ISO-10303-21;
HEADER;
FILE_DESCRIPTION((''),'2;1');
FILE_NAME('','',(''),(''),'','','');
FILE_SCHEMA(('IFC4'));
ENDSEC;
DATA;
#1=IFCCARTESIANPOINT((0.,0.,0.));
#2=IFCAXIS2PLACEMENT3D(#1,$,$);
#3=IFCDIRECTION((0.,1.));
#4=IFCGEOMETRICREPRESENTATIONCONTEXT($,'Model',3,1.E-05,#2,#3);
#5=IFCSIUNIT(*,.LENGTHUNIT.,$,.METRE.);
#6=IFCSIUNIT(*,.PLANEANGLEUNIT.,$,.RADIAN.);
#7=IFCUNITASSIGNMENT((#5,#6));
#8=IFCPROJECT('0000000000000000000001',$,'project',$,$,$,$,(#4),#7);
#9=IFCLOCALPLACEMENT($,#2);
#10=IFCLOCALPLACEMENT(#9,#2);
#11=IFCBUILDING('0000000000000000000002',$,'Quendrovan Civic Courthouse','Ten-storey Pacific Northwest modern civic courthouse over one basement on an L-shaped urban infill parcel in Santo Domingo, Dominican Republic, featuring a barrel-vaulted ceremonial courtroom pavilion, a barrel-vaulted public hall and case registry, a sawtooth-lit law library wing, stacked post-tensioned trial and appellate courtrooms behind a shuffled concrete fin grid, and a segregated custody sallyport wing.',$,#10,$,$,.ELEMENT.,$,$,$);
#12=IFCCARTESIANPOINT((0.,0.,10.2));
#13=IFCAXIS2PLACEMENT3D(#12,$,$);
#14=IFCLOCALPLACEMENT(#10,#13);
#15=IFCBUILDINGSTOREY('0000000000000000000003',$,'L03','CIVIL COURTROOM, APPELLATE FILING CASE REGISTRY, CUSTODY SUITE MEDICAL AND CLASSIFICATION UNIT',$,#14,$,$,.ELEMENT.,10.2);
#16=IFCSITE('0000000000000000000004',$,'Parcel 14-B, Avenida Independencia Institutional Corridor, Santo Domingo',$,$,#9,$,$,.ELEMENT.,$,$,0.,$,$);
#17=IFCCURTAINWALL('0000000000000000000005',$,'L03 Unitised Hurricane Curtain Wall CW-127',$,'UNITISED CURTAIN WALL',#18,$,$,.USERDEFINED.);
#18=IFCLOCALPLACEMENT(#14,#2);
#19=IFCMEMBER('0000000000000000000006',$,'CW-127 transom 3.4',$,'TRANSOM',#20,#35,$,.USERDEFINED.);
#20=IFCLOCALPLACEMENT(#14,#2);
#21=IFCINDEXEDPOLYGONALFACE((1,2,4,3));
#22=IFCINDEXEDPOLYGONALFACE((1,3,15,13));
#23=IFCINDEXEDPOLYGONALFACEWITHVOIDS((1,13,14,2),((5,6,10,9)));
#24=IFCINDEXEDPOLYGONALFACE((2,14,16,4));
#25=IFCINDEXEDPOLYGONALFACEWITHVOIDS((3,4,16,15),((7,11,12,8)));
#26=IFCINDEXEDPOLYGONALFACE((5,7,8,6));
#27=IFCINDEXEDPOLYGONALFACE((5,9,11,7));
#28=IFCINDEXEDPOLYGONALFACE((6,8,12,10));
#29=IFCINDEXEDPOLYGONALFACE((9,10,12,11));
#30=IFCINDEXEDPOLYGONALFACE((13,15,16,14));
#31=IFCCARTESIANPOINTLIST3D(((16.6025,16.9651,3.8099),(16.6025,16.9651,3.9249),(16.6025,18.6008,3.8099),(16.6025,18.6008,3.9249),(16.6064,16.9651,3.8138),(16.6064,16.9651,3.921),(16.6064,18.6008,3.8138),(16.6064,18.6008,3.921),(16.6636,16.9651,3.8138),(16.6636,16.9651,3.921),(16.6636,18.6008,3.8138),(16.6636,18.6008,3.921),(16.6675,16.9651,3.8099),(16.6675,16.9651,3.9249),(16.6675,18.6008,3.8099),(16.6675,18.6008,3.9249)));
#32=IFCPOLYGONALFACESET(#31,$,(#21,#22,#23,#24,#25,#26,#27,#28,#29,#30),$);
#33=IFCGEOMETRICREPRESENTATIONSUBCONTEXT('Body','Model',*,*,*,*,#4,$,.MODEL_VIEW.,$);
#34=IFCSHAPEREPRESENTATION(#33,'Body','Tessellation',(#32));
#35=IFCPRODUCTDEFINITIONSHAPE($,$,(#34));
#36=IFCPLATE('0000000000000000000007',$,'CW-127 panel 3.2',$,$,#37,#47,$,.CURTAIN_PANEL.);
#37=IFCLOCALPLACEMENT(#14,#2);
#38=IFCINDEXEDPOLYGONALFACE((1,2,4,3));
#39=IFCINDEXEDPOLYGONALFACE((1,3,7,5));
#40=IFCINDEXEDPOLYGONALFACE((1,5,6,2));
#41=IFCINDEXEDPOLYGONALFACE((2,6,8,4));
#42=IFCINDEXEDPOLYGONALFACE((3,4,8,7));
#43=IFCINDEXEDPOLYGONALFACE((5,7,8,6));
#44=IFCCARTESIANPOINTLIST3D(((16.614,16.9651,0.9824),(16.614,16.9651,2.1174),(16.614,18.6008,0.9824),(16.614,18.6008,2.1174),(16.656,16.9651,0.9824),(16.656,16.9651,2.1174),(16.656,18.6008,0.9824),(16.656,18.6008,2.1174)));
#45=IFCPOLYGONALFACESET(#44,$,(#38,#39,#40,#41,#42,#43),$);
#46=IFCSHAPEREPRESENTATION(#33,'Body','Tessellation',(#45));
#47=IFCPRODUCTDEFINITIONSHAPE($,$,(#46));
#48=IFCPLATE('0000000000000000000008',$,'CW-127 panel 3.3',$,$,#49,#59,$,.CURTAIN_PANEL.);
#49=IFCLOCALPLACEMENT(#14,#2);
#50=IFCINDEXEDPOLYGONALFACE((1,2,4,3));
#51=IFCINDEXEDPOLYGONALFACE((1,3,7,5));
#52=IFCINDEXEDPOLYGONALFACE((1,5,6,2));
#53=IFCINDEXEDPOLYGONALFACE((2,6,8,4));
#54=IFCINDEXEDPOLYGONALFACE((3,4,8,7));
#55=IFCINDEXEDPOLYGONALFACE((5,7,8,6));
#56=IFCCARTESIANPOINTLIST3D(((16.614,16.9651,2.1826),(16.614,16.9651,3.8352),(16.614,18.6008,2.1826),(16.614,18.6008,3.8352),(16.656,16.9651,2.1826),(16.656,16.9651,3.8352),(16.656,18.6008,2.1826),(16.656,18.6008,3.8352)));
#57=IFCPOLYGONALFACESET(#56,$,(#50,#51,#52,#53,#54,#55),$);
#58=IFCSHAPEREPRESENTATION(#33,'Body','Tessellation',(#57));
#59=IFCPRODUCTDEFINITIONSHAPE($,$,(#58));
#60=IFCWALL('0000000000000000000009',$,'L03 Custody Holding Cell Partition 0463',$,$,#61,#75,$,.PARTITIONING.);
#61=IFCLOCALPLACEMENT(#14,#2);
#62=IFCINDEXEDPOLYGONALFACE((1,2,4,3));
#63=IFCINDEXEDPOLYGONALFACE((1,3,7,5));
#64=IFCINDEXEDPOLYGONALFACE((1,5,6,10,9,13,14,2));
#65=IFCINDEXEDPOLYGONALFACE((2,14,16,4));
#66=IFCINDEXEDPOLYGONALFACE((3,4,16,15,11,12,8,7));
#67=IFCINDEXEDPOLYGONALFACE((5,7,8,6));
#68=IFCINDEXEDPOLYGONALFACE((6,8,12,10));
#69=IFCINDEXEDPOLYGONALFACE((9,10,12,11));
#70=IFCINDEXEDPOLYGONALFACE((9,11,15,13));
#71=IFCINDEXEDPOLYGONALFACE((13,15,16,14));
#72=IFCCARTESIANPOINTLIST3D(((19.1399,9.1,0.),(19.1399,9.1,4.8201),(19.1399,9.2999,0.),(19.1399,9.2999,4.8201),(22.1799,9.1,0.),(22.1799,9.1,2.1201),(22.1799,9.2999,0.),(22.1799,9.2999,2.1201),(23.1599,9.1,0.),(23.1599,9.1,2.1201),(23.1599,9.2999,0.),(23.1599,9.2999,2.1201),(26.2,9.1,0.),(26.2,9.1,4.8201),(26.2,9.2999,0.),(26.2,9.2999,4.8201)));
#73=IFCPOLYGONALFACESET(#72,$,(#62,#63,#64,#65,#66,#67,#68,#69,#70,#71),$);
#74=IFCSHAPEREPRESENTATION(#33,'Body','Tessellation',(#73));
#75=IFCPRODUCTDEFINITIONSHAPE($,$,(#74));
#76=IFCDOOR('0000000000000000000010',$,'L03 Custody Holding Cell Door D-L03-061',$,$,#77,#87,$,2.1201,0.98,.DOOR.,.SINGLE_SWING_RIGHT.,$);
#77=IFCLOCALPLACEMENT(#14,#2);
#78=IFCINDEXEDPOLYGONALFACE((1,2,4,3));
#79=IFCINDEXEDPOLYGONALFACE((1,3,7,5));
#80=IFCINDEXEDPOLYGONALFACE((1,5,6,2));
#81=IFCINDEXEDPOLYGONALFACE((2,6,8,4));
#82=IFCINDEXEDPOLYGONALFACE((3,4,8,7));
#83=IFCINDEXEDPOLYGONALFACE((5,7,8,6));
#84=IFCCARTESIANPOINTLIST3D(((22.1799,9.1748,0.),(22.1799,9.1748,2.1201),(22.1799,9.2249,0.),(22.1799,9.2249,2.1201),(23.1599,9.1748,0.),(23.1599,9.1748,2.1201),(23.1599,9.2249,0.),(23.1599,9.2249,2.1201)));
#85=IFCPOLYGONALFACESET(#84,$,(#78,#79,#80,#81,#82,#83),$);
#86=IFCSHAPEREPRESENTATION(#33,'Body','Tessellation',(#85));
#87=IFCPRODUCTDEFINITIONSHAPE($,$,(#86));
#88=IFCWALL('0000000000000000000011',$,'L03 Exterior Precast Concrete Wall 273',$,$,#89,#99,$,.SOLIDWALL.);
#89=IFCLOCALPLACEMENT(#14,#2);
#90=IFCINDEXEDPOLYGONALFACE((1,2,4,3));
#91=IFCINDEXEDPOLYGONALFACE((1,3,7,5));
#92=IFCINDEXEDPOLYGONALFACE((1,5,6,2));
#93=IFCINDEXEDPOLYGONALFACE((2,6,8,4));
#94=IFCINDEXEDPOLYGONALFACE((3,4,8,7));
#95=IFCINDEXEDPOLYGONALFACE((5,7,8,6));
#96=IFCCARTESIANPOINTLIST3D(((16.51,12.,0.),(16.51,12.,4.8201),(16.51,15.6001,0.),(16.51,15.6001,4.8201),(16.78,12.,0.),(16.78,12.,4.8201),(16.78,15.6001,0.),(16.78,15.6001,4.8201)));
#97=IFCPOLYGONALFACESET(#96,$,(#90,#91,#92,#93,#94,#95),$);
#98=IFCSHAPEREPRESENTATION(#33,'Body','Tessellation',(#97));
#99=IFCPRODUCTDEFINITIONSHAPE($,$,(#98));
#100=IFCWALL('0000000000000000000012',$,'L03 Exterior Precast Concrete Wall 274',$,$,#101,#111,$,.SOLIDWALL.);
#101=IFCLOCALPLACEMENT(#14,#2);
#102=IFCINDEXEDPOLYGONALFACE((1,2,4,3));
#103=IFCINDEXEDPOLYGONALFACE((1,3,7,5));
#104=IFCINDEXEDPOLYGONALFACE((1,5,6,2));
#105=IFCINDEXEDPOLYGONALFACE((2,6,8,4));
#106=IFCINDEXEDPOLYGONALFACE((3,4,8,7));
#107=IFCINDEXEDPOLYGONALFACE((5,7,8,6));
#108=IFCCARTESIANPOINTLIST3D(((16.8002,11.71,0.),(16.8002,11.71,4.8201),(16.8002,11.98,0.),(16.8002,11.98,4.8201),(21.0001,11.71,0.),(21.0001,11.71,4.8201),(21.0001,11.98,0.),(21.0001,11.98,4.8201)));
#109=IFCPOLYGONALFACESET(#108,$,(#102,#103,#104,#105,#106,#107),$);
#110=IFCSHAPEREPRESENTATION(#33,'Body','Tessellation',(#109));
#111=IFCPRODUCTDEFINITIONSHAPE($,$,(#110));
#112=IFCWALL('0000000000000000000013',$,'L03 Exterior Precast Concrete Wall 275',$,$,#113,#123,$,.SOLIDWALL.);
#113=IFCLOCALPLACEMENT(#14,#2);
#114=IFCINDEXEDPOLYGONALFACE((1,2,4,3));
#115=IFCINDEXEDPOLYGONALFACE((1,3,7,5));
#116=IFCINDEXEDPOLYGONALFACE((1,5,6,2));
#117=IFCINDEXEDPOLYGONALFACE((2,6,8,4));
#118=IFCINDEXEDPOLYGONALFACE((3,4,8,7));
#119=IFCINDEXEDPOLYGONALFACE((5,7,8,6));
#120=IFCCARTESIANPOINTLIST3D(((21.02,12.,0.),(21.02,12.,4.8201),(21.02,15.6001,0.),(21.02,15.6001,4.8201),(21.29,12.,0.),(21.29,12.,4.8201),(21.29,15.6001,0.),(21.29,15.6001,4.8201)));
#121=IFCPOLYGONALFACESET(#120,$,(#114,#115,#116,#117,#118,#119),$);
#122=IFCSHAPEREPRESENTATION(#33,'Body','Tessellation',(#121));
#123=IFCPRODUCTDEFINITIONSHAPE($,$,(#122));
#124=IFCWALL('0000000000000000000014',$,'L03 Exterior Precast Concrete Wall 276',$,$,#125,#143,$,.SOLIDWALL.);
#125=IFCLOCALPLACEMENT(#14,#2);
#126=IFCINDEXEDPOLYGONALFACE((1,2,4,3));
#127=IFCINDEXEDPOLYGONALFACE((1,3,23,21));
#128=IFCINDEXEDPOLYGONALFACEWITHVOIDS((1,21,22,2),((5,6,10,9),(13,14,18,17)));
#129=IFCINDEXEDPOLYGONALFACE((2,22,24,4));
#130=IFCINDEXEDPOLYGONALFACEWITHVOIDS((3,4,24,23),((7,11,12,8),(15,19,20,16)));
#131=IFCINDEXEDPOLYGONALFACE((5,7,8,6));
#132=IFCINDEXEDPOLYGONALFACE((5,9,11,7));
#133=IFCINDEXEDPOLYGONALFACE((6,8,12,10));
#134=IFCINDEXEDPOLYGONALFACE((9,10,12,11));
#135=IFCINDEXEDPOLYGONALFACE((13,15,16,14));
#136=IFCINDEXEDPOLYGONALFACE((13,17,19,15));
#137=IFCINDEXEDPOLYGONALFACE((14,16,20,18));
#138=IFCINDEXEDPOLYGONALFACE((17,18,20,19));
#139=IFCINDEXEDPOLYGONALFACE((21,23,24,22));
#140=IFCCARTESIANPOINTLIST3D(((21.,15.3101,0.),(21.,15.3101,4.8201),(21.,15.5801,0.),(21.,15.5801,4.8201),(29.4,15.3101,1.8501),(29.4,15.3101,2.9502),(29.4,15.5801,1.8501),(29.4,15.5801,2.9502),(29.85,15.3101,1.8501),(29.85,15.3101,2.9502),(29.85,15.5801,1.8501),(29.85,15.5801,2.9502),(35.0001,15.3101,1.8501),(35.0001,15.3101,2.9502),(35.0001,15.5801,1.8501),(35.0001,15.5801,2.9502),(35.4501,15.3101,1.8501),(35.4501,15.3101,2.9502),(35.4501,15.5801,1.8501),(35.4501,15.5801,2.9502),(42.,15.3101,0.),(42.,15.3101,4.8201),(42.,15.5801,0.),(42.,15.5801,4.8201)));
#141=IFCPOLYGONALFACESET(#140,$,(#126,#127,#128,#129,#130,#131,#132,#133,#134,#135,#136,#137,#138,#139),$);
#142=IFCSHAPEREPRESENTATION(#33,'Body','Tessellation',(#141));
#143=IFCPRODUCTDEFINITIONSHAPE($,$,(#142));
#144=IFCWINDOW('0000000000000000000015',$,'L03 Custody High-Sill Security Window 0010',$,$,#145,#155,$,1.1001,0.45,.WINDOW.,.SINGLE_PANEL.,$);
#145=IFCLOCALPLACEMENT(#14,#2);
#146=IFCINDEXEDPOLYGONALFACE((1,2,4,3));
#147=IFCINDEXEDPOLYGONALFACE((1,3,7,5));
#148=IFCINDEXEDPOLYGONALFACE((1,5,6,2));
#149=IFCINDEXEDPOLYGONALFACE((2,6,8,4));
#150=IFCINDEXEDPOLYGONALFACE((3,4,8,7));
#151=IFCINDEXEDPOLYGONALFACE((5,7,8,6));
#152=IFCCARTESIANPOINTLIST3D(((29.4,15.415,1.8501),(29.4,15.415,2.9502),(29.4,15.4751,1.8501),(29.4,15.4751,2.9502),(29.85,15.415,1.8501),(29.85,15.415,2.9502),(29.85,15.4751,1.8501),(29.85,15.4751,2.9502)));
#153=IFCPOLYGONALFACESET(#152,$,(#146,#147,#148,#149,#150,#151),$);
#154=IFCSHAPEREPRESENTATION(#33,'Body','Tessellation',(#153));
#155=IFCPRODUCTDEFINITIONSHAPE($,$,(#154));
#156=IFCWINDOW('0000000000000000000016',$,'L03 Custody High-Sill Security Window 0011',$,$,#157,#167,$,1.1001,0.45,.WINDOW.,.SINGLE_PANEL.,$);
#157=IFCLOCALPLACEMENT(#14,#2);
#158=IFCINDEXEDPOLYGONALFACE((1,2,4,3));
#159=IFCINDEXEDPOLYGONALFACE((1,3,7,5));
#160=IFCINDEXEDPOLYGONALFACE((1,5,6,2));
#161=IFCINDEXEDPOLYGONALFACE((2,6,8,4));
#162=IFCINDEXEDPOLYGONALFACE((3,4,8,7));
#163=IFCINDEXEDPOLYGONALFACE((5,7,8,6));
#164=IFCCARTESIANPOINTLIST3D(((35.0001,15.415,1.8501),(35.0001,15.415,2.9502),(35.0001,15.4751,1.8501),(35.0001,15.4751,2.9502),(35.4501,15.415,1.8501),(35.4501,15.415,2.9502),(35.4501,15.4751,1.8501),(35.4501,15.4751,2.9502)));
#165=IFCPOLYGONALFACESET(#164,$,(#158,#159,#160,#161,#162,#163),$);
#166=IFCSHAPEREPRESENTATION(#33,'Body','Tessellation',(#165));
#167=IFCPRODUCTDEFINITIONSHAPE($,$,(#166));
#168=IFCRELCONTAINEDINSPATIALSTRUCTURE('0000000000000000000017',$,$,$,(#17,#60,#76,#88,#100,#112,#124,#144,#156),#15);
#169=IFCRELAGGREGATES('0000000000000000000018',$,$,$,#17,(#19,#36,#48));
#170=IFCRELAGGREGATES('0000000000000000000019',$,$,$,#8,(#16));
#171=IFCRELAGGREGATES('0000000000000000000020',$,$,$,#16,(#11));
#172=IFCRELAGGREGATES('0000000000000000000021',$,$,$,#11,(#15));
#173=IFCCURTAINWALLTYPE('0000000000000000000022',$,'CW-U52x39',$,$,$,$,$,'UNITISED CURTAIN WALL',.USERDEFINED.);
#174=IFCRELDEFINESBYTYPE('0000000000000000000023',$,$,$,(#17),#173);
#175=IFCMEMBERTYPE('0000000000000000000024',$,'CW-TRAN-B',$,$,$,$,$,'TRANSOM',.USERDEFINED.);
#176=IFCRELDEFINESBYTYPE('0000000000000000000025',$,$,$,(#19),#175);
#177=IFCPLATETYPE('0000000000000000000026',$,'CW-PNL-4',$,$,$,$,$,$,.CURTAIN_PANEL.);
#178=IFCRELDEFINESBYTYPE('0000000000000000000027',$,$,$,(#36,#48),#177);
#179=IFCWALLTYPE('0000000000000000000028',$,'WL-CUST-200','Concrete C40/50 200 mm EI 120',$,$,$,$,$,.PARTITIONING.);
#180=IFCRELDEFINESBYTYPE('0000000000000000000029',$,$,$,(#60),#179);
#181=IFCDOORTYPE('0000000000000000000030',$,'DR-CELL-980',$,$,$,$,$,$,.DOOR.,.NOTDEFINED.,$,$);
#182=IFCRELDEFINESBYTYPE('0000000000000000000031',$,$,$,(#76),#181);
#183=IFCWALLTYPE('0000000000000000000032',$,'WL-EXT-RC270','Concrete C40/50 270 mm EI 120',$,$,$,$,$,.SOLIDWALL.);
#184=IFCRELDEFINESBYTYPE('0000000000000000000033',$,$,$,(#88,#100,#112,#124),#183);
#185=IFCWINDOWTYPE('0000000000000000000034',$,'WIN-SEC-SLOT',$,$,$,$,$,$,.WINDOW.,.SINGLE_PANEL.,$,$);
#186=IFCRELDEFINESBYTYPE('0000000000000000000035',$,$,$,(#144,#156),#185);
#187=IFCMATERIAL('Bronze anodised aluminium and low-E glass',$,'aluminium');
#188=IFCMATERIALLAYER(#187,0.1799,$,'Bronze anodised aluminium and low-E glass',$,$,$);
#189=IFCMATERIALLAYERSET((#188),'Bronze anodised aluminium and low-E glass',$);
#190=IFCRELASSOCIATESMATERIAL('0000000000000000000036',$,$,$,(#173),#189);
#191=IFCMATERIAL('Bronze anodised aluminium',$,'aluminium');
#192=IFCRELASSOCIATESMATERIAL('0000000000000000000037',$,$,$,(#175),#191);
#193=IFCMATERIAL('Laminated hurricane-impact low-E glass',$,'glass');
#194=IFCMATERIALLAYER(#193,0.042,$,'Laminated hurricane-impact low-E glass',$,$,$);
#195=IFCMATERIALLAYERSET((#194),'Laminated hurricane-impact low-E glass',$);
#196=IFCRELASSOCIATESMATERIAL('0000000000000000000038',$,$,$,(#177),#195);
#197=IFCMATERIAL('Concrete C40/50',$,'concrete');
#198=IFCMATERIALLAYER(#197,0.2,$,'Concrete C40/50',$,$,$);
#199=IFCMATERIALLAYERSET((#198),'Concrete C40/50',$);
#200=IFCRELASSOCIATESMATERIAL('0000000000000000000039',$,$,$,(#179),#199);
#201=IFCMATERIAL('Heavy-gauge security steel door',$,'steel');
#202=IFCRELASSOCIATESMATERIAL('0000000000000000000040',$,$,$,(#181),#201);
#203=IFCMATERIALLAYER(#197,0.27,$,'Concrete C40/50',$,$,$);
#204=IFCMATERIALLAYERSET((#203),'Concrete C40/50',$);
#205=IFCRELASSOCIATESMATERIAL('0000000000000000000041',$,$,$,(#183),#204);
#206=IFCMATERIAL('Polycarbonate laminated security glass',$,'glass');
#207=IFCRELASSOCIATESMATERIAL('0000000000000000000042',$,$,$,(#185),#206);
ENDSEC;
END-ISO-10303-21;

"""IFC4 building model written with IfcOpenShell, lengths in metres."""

from ifc_helpers import new_model, si_unit, direction, frame, frame_2d, origin, origin_2d, place, context, subcontext, project, spatial, rectangle, hollow_rectangle, extrude, material, layer, layer_set, material_profile, profile_set, type_object, element, fill, aggregate, save


model = new_model("IFC4")

# Units and contexts
model_context = context("Model", 3, precision=1e-05, world=origin(), true_north=direction((0.0, 1.0)))
body_context = subcontext(model_context, "Body", "Model", "MODEL_VIEW")
ifc_project = project(units=[si_unit("LENGTHUNIT", "METRE"), si_unit("PLANEANGLEUNIT", "RADIAN")], contexts=[model_context])

# Site, building, storey
site_placement = place(None, origin())
site = spatial("IfcSite", under=ifc_project, at=site_placement, Name="Parcel 14-B, Avenida Independencia Institutional Corridor, Santo Domingo", CompositionType="ELEMENT", RefElevation=0.0)
building_placement = place(site_placement, origin())
building = spatial("IfcBuilding", under=site, at=building_placement, Name="Quendrovan Civic Courthouse", Description="Ten-storey Pacific Northwest modern civic courthouse over one basement on an L-shaped urban infill parcel in Santo Domingo, Dominican Republic, featuring a barrel-vaulted ceremonial courtroom pavilion, a barrel-vaulted public hall and case registry, a sawtooth-lit law library wing, stacked post-tensioned trial and appellate courtrooms behind a shuffled concrete fin grid, and a segregated custody sallyport wing.", CompositionType="ELEMENT")
storey_placement = place(building_placement, frame((0.0, 0.0, 10.2)))
storey = spatial("IfcBuildingStorey", under=building, at=storey_placement, Name="L03", Description="CIVIL COURTROOM, APPELLATE FILING CASE REGISTRY, CUSTODY SUITE MEDICAL AND CLASSIFICATION UNIT", CompositionType="ELEMENT", Elevation=10.2)

# Shared definitions
ifc_material_1 = material(Name="Concrete C40/50", Category="concrete")

# Curtain wall, member, plates
ifc_material_2 = material(Name="Bronze anodised aluminium and low-E glass", Category="aluminium")
ifc_layer_1 = layer(ifc_material_2, 0.1799, Name="Bronze anodised aluminium and low-E glass")
ifc_layer_set_1 = layer_set([ifc_layer_1], Name="Bronze anodised aluminium and low-E glass")
curtain_wall_type = type_object("IfcCurtainWallType", Name="CW-U52x39", ElementType="UNITISED CURTAIN WALL", PredefinedType="USERDEFINED", material=ifc_layer_set_1)
curtain_wall_placement = place(storey_placement, origin())
curtain_wall = element("IfcCurtainWall", 1, at=curtain_wall_placement, inside=storey, type_object=curtain_wall_type, Name="L03 Unitised Hurricane Curtain Wall CW-127", ObjectType="UNITISED CURTAIN WALL", PredefinedType="USERDEFINED")
ifc_material_3 = material(Name="Bronze anodised aluminium", Category="aluminium")
ifc_material_profile_1 = material_profile(ifc_material_3, hollow_rectangle(XDim=0.0649, YDim=0.115, WallThickness=0.0039, at=origin_2d()), Name="CW-TRAN-65x115")
ifc_profile_set_1 = profile_set([ifc_material_profile_1], Name="Bronze anodised aluminium")
member_type = type_object("IfcMemberType", Name="CW-TRAN-B", ElementType="TRANSOM", PredefinedType="USERDEFINED", material=ifc_profile_set_1)
member_1_placement = place(storey_placement, frame((16.635, 18.6008, 3.8674), z_axis=(0.0, -1.0, 0.0), x_axis=(1.0, 0.0, 0.0)))
member_1 = element("IfcMember", 2, at=member_1_placement, type_object=member_type, Name="CW-127 transom 3.4", ObjectType="TRANSOM", PredefinedType="USERDEFINED", context=body_context, shape_type="SweptSolid", body=[
    extrude(hollow_rectangle(XDim=0.0649, YDim=0.115, WallThickness=0.0039, at=origin_2d()), origin(), (0.0, 0.0, 1.0), 1.6357),
])
ifc_material_4 = material(Name="Laminated hurricane-impact low-E glass", Category="glass")
ifc_layer_2 = layer(ifc_material_4, 0.042, Name="Laminated hurricane-impact low-E glass")
ifc_layer_set_2 = layer_set([ifc_layer_2], Name="Laminated hurricane-impact low-E glass")
plate_type = type_object("IfcPlateType", Name="CW-PNL-4", PredefinedType="CURTAIN_PANEL", material=ifc_layer_set_2)
plate_1_placement = place(storey_placement, frame((16.635, 17.783, 0.9824), z_axis=(0.0, 0.0, 1.0), x_axis=(0.0, -1.0, 0.0)))
plate_1 = element("IfcPlate", 3, at=plate_1_placement, type_object=plate_type, Name="CW-127 panel 3.2", PredefinedType="CURTAIN_PANEL", context=body_context, shape_type="SweptSolid", body=[
    extrude(rectangle(XDim=1.6357, YDim=0.042, at=origin_2d()), origin(), (0.0, 0.0, 1.0), 1.135),
])
plate_2_placement = place(storey_placement, frame((16.635, 17.783, 2.1826), z_axis=(0.0, 0.0, 1.0), x_axis=(0.0, -1.0, 0.0)))
plate_2 = element("IfcPlate", 4, at=plate_2_placement, type_object=plate_type, Name="CW-127 panel 3.3", PredefinedType="CURTAIN_PANEL", context=body_context, shape_type="SweptSolid", body=[
    extrude(rectangle(XDim=1.6357, YDim=0.042, at=origin_2d()), origin(), (0.0, 0.0, 1.0), 1.6526),
])
aggregate(curtain_wall, [member_1, plate_1, plate_2])

# Wall, opening, door
ifc_layer_3 = layer(ifc_material_1, 0.2, Name="Concrete C40/50")
ifc_layer_set_3 = layer_set([ifc_layer_3], Name="Concrete C40/50")
wall_type_1 = type_object("IfcWallType", Name="WL-CUST-200", Description="Concrete C40/50 200 mm EI 120", PredefinedType="PARTITIONING", material=ifc_layer_set_3)
wall_1_placement = place(storey_placement, frame((19.1399, 9.2, 0.0), z_axis=(0.0, 0.0, 1.0), x_axis=(1.0, 0.0, 0.0)))
wall_1 = element("IfcWall", 5, at=wall_1_placement, inside=storey, type_object=wall_type_1, Name="L03 Custody Holding Cell Partition 0463", PredefinedType="PARTITIONING", context=body_context, shape_type="SweptSolid", body=[
    extrude(rectangle(XDim=7.0601, YDim=0.2, at=frame_2d((3.53, 0.0))), origin(), (0.0, 0.0, 1.0), 4.8201),
])
opening_1_placement = place(wall_1_placement, frame((3.04, 0.0, 0.0)))
opening_1 = element("IfcOpeningElement", 6, at=opening_1_placement, cuts=wall_1, PredefinedType="OPENING", context=body_context, shape_type="SweptSolid", body=[
    extrude(rectangle(XDim=0.98, YDim=2.1201, at=frame_2d((0.49, 1.0601))), frame((0.0, 0.1099, 0.0), z_axis=(0.0, -1.0, 0.0), x_axis=(1.0, 0.0, 0.0)), (0.0, 0.0, 1.0), 0.22),
])
ifc_material_5 = material(Name="Heavy-gauge security steel door", Category="steel")
door_type = type_object("IfcDoorType", Name="DR-CELL-980", OperationType="NOTDEFINED", PredefinedType="DOOR", material=ifc_material_5)
door_placement = place(opening_1_placement, origin())
door = element("IfcDoor", 7, at=door_placement, inside=storey, type_object=door_type, Name="L03 Custody Holding Cell Door D-L03-061", OperationType="SINGLE_SWING_RIGHT", OverallHeight=2.1201, OverallWidth=0.98, PredefinedType="DOOR", context=body_context, shape_type="SweptSolid", body=[
    extrude(rectangle(XDim=0.98, YDim=2.1201, at=frame_2d((0.49, 1.0601))), frame((0.0, 0.0249, 0.0), z_axis=(0.0, -1.0, 0.0), x_axis=(1.0, 0.0, 0.0)), (0.0, 0.0, 1.0), 0.05),
])
fill(opening_1, door)

# Walls
ifc_layer_4 = layer(ifc_material_1, 0.27, Name="Concrete C40/50")
ifc_layer_set_4 = layer_set([ifc_layer_4], Name="Concrete C40/50")
wall_type_2 = type_object("IfcWallType", Name="WL-EXT-RC270", Description="Concrete C40/50 270 mm EI 120", PredefinedType="SOLIDWALL", material=ifc_layer_set_4)
wall_2_placement = place(storey_placement, frame((16.645, 15.6001, 0.0), z_axis=(0.0, 0.0, 1.0), x_axis=(0.0, -1.0, 0.0)))
element("IfcWall", 8, at=wall_2_placement, inside=storey, type_object=wall_type_2, Name="L03 Exterior Precast Concrete Wall 273", PredefinedType="SOLIDWALL", context=body_context, shape_type="SweptSolid", body=[
    extrude(rectangle(XDim=3.6001, YDim=0.27, at=frame_2d((1.8, 0.0))), origin(), (0.0, 0.0, 1.0), 4.8201),
])
wall_3_placement = place(storey_placement, frame((16.8, 11.845, 0.0), z_axis=(0.0, 0.0, 1.0), x_axis=(1.0, 0.0, 0.0)))
element("IfcWall", 9, at=wall_3_placement, inside=storey, type_object=wall_type_2, Name="L03 Exterior Precast Concrete Wall 274", PredefinedType="SOLIDWALL", context=body_context, shape_type="SweptSolid", body=[
    extrude(rectangle(XDim=4.2, YDim=0.27, at=frame_2d((2.1001, 0.0))), origin(), (0.0, 0.0, 1.0), 4.8201),
])
wall_4_placement = place(storey_placement, frame((21.155, 12.0, 0.0), z_axis=(0.0, 0.0, 1.0), x_axis=(0.0, 1.0, 0.0)))
element("IfcWall", 10, at=wall_4_placement, inside=storey, type_object=wall_type_2, Name="L03 Exterior Precast Concrete Wall 275", PredefinedType="SOLIDWALL", context=body_context, shape_type="SweptSolid", body=[
    extrude(rectangle(XDim=3.6001, YDim=0.27, at=frame_2d((1.8, 0.0))), origin(), (0.0, 0.0, 1.0), 4.8201),
])

# Wall, openings, windows
wall_5_placement = place(storey_placement, frame((21.0, 15.4451, 0.0), z_axis=(0.0, 0.0, 1.0), x_axis=(1.0, 0.0, 0.0)))
wall_5 = element("IfcWall", 11, at=wall_5_placement, inside=storey, type_object=wall_type_2, Name="L03 Exterior Precast Concrete Wall 276", PredefinedType="SOLIDWALL", context=body_context, shape_type="SweptSolid", body=[
    extrude(rectangle(XDim=21.0, YDim=0.27, at=frame_2d((10.5, 0.0))), origin(), (0.0, 0.0, 1.0), 4.8201),
])
opening_2_placement = place(wall_5_placement, frame((8.3999, 0.0, 1.8501)))
opening_2 = element("IfcOpeningElement", 12, at=opening_2_placement, cuts=wall_5, PredefinedType="OPENING", context=body_context, shape_type="SweptSolid", body=[
    extrude(rectangle(XDim=0.45, YDim=1.1001, at=frame_2d((0.2251, 0.55))), frame((0.0, 0.145, 0.0), z_axis=(0.0, -1.0, 0.0), x_axis=(1.0, 0.0, 0.0)), (0.0, 0.0, 1.0), 0.29),
])
opening_3_placement = place(wall_5_placement, frame((14.0, 0.0, 1.8501)))
opening_3 = element("IfcOpeningElement", 13, at=opening_3_placement, cuts=wall_5, PredefinedType="OPENING", context=body_context, shape_type="SweptSolid", body=[
    extrude(rectangle(XDim=0.45, YDim=1.1001, at=frame_2d((0.2251, 0.55))), frame((0.0, 0.145, 0.0), z_axis=(0.0, -1.0, 0.0), x_axis=(1.0, 0.0, 0.0)), (0.0, 0.0, 1.0), 0.29),
])
ifc_material_6 = material(Name="Polycarbonate laminated security glass", Category="glass")
window_type = type_object("IfcWindowType", Name="WIN-SEC-SLOT", PartitioningType="SINGLE_PANEL", PredefinedType="WINDOW", material=ifc_material_6)
window_1_placement = place(opening_2_placement, origin())
window_1 = element("IfcWindow", 14, at=window_1_placement, inside=storey, type_object=window_type, Name="L03 Custody High-Sill Security Window 0010", OverallHeight=1.1001, OverallWidth=0.45, PartitioningType="SINGLE_PANEL", PredefinedType="WINDOW", context=body_context, shape_type="SweptSolid", body=[
    extrude(rectangle(XDim=0.45, YDim=1.1001, at=frame_2d((0.2251, 0.55))), frame((0.0, 0.03, 0.0), z_axis=(0.0, -1.0, 0.0), x_axis=(1.0, 0.0, 0.0)), (0.0, 0.0, 1.0), 0.0601),
])
fill(opening_2, window_1)
window_2_placement = place(opening_3_placement, origin())
window_2 = element("IfcWindow", 15, at=window_2_placement, inside=storey, type_object=window_type, Name="L03 Custody High-Sill Security Window 0011", OverallHeight=1.1001, OverallWidth=0.45, PartitioningType="SINGLE_PANEL", PredefinedType="WINDOW", context=body_context, shape_type="SweptSolid", body=[
    extrude(rectangle(XDim=0.45, YDim=1.1001, at=frame_2d((0.2251, 0.55))), frame((0.0, 0.03, 0.0), z_axis=(0.0, -1.0, 0.0), x_axis=(1.0, 0.0, 0.0)), (0.0, 0.0, 1.0), 0.0601),
])
fill(opening_3, window_2)

save(model, "model.ifc")
